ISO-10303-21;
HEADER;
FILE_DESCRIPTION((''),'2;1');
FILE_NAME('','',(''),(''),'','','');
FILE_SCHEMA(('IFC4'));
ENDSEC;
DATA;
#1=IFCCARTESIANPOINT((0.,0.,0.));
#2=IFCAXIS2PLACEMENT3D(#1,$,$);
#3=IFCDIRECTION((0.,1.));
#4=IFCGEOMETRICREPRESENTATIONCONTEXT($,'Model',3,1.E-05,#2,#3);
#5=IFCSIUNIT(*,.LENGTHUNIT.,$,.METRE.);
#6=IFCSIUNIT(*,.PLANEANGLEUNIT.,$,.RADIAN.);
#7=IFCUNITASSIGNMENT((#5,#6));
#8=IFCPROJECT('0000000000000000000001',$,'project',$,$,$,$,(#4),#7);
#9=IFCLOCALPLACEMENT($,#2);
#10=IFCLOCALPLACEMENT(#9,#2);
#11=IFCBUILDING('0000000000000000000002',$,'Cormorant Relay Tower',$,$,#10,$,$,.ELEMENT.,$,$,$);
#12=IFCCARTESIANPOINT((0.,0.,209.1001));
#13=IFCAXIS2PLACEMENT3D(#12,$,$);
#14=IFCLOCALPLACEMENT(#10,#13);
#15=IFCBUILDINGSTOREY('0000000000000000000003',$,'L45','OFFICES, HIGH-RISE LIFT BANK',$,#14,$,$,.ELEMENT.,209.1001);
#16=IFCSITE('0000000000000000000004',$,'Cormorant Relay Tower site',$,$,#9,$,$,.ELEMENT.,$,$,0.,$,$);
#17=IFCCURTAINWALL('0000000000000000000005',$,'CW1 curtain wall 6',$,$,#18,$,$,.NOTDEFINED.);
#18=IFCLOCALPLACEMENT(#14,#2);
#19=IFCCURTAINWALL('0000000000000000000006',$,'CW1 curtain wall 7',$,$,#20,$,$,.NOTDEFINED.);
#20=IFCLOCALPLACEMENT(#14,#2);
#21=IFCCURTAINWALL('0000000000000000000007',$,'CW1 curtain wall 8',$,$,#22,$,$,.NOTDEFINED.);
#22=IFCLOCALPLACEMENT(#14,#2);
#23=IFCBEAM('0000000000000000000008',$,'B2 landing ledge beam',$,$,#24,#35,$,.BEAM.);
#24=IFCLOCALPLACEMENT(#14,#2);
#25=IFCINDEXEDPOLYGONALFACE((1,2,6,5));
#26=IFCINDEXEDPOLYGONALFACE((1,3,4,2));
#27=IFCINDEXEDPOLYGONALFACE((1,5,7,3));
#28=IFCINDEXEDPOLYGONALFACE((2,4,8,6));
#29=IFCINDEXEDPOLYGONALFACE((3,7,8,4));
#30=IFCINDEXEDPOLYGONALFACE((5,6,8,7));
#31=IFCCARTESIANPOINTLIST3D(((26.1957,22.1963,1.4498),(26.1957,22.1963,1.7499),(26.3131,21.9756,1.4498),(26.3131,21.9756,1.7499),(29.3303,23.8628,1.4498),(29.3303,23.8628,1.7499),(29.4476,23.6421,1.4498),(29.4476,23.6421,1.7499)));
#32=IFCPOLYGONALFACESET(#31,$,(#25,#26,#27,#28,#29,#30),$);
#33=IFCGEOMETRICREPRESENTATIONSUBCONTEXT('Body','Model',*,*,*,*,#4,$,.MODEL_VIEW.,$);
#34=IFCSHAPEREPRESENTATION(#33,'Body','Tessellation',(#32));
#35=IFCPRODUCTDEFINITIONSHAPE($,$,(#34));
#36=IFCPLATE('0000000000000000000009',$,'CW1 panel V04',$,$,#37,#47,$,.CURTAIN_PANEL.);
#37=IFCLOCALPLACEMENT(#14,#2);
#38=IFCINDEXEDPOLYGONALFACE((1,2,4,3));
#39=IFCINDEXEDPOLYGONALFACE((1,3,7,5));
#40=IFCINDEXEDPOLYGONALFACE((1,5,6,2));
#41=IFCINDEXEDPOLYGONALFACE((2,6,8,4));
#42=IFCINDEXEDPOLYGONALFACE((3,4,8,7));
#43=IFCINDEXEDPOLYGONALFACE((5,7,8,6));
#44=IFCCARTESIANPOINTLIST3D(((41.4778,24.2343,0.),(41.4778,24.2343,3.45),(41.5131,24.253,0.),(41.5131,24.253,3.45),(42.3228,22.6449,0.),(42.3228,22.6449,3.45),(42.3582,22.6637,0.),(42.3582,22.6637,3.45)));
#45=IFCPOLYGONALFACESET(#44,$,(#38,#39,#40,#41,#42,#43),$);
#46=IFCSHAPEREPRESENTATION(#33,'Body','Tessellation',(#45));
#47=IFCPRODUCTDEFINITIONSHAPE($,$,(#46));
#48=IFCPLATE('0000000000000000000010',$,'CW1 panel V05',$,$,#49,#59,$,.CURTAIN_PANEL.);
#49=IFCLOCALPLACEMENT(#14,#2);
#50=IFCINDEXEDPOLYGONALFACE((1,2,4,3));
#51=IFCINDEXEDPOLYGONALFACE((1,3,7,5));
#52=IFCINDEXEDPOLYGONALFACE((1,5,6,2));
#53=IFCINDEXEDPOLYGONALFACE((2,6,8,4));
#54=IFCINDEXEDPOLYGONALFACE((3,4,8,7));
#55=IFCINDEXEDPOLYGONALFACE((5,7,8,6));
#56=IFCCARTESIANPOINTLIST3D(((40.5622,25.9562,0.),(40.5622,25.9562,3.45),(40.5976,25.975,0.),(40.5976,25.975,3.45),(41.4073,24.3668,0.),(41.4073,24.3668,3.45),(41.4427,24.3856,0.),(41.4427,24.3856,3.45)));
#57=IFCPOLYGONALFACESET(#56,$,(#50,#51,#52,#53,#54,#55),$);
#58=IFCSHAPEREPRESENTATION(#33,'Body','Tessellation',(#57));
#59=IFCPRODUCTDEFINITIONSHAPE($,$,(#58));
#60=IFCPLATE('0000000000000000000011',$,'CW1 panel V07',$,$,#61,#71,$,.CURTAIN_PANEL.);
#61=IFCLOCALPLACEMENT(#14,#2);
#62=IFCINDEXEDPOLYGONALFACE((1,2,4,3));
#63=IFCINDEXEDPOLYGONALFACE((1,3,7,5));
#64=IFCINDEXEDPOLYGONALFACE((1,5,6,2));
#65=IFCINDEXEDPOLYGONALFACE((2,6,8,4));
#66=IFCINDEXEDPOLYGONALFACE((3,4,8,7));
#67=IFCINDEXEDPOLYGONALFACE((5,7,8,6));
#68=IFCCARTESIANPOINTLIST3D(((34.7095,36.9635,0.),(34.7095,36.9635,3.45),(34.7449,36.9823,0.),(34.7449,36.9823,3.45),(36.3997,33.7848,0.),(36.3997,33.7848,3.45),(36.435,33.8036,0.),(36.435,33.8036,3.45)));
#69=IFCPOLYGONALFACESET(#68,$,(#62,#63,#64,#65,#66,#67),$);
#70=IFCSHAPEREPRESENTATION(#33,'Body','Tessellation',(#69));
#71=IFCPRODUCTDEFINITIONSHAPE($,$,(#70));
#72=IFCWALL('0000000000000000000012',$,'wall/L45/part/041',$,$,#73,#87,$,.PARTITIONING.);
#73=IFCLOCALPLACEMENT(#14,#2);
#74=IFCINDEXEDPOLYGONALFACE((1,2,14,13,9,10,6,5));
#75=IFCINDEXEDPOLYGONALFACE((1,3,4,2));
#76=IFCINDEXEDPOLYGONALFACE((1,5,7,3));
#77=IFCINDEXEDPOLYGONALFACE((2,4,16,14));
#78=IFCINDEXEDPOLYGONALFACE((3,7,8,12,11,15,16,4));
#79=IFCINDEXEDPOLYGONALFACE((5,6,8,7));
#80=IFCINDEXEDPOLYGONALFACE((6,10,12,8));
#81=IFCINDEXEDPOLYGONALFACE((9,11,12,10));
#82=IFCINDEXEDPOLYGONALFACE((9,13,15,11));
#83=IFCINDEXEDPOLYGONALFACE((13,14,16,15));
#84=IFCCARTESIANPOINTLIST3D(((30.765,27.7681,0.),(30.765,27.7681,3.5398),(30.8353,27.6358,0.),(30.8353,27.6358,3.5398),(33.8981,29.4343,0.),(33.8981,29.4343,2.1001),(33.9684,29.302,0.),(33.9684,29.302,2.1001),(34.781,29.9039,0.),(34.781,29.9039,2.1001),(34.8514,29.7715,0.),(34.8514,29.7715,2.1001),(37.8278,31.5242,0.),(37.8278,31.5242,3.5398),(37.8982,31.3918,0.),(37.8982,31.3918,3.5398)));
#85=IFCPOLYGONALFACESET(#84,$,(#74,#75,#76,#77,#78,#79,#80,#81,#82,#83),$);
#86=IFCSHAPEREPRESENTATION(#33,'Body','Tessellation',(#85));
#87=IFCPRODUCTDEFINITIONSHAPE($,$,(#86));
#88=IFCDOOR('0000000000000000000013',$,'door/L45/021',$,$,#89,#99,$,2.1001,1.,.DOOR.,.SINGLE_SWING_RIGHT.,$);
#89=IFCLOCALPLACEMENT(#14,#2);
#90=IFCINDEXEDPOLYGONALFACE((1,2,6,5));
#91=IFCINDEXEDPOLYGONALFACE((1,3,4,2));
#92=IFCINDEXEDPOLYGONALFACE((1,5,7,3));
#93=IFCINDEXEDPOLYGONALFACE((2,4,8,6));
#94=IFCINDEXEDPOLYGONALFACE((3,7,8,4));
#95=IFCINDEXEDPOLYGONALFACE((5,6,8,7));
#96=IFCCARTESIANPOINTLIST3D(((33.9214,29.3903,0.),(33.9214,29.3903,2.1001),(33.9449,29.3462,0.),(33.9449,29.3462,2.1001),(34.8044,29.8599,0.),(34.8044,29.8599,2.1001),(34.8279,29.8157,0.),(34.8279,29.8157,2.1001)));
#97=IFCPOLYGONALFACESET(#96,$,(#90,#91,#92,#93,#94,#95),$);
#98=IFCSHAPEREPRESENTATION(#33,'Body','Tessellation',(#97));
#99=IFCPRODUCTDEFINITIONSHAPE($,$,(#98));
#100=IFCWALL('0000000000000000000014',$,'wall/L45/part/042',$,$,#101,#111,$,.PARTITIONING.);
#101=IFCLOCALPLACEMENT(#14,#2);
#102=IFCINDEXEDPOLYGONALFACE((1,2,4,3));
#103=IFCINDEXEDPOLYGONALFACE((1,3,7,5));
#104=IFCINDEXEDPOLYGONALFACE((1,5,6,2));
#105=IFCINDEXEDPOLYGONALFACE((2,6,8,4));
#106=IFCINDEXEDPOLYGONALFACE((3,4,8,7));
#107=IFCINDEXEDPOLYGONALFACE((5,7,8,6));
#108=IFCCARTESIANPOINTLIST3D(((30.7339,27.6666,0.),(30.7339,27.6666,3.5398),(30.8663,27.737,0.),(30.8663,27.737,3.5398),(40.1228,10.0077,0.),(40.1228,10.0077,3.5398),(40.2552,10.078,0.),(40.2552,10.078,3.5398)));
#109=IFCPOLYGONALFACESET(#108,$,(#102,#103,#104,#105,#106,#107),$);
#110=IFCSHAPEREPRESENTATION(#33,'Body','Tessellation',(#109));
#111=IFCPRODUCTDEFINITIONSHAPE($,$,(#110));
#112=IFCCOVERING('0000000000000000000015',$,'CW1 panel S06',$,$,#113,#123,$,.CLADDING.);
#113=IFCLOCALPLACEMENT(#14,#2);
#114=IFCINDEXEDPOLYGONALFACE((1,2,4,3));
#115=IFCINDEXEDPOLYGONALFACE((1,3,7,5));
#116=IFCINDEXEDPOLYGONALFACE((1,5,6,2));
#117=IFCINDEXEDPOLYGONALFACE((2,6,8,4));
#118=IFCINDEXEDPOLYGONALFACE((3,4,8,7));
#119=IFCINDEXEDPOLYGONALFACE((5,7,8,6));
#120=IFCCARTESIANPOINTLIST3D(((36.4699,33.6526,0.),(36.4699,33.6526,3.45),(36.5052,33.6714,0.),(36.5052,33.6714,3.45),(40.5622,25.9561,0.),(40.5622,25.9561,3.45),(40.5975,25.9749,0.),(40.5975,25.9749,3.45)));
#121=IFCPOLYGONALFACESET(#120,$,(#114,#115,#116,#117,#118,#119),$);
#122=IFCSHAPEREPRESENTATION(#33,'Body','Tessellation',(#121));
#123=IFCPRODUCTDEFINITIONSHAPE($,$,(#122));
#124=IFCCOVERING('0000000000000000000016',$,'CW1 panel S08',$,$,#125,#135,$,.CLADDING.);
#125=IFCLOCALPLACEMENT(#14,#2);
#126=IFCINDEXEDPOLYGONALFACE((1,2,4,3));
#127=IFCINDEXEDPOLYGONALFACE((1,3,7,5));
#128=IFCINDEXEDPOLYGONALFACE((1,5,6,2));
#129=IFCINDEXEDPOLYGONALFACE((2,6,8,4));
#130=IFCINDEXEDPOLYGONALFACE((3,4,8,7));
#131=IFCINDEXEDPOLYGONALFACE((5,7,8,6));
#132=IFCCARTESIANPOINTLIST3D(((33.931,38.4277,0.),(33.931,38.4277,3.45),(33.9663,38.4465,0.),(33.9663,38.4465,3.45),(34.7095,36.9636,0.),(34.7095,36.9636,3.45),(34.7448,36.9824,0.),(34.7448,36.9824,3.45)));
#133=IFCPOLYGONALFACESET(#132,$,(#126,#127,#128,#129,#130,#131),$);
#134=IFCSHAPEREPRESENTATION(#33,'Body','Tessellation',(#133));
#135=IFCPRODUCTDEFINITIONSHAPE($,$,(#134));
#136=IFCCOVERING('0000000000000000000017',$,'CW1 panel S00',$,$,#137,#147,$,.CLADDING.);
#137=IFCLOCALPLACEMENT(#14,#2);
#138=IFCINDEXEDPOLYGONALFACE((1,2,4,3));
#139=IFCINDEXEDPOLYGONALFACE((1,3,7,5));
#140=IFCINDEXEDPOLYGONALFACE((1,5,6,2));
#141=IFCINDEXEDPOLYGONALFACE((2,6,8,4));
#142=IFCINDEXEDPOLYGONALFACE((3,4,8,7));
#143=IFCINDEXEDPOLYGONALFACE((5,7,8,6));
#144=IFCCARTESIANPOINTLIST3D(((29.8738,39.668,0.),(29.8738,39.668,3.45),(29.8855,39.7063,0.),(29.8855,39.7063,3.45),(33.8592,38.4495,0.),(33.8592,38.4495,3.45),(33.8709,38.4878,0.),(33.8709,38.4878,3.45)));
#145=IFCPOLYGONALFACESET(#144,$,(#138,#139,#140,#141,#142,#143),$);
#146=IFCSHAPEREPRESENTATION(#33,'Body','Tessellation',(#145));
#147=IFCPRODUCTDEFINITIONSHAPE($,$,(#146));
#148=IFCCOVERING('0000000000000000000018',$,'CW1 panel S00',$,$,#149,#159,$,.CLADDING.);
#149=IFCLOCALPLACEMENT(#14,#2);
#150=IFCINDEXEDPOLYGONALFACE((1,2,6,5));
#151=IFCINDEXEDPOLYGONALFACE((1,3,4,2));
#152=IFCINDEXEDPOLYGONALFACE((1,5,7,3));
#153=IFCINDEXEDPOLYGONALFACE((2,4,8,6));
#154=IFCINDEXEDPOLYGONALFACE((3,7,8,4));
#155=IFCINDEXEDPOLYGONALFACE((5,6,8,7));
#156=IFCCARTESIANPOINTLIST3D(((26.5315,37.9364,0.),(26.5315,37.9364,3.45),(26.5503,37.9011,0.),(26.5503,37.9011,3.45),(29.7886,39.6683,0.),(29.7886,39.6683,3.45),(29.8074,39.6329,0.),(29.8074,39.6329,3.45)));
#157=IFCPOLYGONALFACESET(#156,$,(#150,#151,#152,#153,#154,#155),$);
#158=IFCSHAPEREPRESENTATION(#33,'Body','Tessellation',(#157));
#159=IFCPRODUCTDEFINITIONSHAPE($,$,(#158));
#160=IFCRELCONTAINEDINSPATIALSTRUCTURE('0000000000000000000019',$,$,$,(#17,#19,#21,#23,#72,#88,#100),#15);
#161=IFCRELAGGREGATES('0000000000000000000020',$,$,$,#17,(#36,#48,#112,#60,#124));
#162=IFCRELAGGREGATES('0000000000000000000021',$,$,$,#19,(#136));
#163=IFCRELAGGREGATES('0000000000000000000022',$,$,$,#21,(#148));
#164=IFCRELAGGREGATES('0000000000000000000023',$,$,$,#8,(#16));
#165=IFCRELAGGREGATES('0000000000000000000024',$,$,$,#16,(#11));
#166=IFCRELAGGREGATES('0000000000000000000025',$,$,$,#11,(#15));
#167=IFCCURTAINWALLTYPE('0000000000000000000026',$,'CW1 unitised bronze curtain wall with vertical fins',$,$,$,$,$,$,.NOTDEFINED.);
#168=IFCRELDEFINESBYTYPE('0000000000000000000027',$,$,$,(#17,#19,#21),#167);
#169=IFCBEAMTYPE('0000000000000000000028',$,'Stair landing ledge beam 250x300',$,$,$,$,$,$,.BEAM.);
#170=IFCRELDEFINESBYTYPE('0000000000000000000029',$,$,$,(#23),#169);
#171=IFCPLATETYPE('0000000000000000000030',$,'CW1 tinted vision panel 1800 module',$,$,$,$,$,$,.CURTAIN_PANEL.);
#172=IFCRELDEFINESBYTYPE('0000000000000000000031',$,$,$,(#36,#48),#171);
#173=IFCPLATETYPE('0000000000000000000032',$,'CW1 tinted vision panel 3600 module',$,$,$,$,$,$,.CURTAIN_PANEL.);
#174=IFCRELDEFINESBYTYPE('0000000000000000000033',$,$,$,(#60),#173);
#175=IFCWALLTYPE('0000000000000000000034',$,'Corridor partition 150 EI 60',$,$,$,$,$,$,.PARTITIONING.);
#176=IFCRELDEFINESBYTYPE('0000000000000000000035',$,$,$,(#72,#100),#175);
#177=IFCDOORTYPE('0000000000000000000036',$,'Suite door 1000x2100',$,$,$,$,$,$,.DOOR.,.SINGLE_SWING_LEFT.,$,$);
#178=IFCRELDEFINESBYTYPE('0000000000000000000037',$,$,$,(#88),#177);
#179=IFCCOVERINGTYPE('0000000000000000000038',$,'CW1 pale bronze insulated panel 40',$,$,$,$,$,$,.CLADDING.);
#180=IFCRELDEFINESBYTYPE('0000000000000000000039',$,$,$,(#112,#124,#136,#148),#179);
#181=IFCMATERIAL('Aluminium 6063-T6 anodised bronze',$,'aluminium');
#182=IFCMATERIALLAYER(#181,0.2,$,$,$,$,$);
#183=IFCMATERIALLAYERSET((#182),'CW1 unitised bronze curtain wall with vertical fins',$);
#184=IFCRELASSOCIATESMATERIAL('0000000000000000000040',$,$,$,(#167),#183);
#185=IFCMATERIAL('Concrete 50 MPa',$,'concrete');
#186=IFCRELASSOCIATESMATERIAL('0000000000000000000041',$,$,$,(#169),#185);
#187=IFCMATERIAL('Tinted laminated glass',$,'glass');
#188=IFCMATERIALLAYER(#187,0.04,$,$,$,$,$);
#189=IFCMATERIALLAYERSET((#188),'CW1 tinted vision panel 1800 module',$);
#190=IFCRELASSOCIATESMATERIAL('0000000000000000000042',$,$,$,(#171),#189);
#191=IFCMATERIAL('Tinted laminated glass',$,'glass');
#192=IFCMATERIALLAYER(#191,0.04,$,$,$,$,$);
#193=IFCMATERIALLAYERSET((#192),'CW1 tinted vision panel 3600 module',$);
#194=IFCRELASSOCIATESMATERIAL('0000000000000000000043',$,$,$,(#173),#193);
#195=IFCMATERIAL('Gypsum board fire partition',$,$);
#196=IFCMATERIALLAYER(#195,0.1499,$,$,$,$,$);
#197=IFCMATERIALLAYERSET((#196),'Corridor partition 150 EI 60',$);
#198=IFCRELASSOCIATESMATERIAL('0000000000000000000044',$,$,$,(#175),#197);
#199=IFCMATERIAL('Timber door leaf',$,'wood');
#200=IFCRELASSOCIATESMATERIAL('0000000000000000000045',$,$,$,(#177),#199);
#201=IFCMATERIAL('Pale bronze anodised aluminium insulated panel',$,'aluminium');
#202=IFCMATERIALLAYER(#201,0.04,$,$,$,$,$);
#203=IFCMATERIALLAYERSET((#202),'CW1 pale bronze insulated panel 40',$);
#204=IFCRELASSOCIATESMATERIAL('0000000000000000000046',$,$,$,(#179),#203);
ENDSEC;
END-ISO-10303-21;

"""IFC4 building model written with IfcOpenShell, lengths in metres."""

from ifc_helpers import new_model, si_unit, direction, frame, frame_2d, origin, origin_2d, place, context, subcontext, project, spatial, rectangle, extrude, material, layer, layer_set, material_profile, profile_set, type_object, element, fill, aggregate, save


model = new_model("IFC4")

# Units and contexts
model_context = context("Model", 3, precision=1e-05, world=origin(), true_north=direction((0.0, 1.0)))
body_context = subcontext(model_context, "Body", "Model", "MODEL_VIEW")
ifc_project = project(units=[si_unit("LENGTHUNIT", "METRE"), si_unit("PLANEANGLEUNIT", "RADIAN")], contexts=[model_context])

# Site, building, storey
site_placement = place(None, origin())
site = spatial("IfcSite", under=ifc_project, at=site_placement, Name="Cormorant Relay Tower site", CompositionType="ELEMENT", RefElevation=0.0)
building_placement = place(site_placement, origin())
building = spatial("IfcBuilding", under=site, at=building_placement, Name="Cormorant Relay Tower", CompositionType="ELEMENT")
storey_placement = place(building_placement, frame((0.0, 0.0, 209.1001)))
storey = spatial("IfcBuildingStorey", under=building, at=storey_placement, Name="L45", Description="OFFICES, HIGH-RISE LIFT BANK", CompositionType="ELEMENT", Elevation=209.1001)

# Curtain wall
ifc_material_1 = material(Name="Aluminium 6063-T6 anodised bronze", Category="aluminium")
ifc_layer_1 = layer(ifc_material_1, 0.2)
ifc_layer_set_1 = layer_set([ifc_layer_1], Name="CW1 unitised bronze curtain wall with vertical fins")
curtain_wall_type = type_object("IfcCurtainWallType", Name="CW1 unitised bronze curtain wall with vertical fins", PredefinedType="NOTDEFINED", material=ifc_layer_set_1)
curtain_wall_1_placement = place(storey_placement, origin())
curtain_wall_1 = element("IfcCurtainWall", 1, at=curtain_wall_1_placement, inside=storey, type_object=curtain_wall_type, Name="CW1 curtain wall 6", PredefinedType="NOTDEFINED")

# Curtain walls
curtain_wall_2_placement = place(storey_placement, origin())
curtain_wall_2 = element("IfcCurtainWall", 2, at=curtain_wall_2_placement, inside=storey, type_object=curtain_wall_type, Name="CW1 curtain wall 7", PredefinedType="NOTDEFINED")
curtain_wall_3_placement = place(storey_placement, origin())
curtain_wall_3 = element("IfcCurtainWall", 3, at=curtain_wall_3_placement, inside=storey, type_object=curtain_wall_type, Name="CW1 curtain wall 8", PredefinedType="NOTDEFINED")

# Beam
ifc_material_2 = material(Name="Concrete 50 MPa", Category="concrete")
ifc_material_profile_1 = material_profile(ifc_material_2, rectangle(XDim=0.25, YDim=0.3, at=origin_2d()), Name="RC 250x300")
ifc_profile_set_1 = profile_set([ifc_material_profile_1], Name="Concrete 50 MPa")
beam_type_1 = type_object("IfcBeamType", Name="Stair landing ledge beam 250x300", PredefinedType="BEAM", material=ifc_profile_set_1)
beam_1_placement = place(storey_placement, frame((26.2544, 22.0859, 1.5999), z_axis=(0.882965, 0.469438, 0.0), x_axis=(-0.469438, 0.882965, 0.0)))
element("IfcBeam", 4, at=beam_1_placement, inside=storey, type_object=beam_type_1, Name="B2 landing ledge beam", PredefinedType="BEAM", context=body_context, shape_type="SweptSolid", body=[
    extrude(rectangle(XDim=0.25, YDim=0.3, at=origin_2d()), origin(), (0.0, 0.0, 1.0), 3.55),
])

# Plates
ifc_material_3 = material(Name="Tinted laminated glass", Category="glass")
ifc_layer_2 = layer(ifc_material_3, 0.04)
ifc_layer_set_2 = layer_set([ifc_layer_2], Name="CW1 tinted vision panel 1800 module")
plate_type_1 = type_object("IfcPlateType", Name="CW1 tinted vision panel 1800 module", PredefinedType="CURTAIN_PANEL", material=ifc_layer_set_2)
plate_1_placement = place(storey_placement, frame((41.918, 23.449, 0.0), z_axis=(0.0, 0.0, 1.0), x_axis=(-0.469472, 0.882948, 0.0)))
plate_1 = element("IfcPlate", 5, at=plate_1_placement, type_object=plate_type_1, Name="CW1 panel V04", PredefinedType="CURTAIN_PANEL", context=body_context, shape_type="SweptSolid", body=[
    extrude(rectangle(XDim=1.8, YDim=0.04, at=origin_2d()), origin(), (0.0, 0.0, 1.0), 3.45),
])
plate_2_placement = place(storey_placement, frame((41.0024, 25.1709, 0.0), z_axis=(0.0, 0.0, 1.0), x_axis=(-0.469472, 0.882948, 0.0)))
plate_2 = element("IfcPlate", 6, at=plate_2_placement, type_object=plate_type_1, Name="CW1 panel V05", PredefinedType="CURTAIN_PANEL", context=body_context, shape_type="SweptSolid", body=[
    extrude(rectangle(XDim=1.8, YDim=0.04, at=origin_2d()), origin(), (0.0, 0.0, 1.0), 3.45),
])
ifc_material_4 = material(Name="Tinted laminated glass", Category="glass")
ifc_layer_3 = layer(ifc_material_4, 0.04)
ifc_layer_set_3 = layer_set([ifc_layer_3], Name="CW1 tinted vision panel 3600 module")
plate_type_2 = type_object("IfcPlateType", Name="CW1 tinted vision panel 3600 module", PredefinedType="CURTAIN_PANEL", material=ifc_layer_set_3)
plate_3_placement = place(storey_placement, frame((35.5723, 35.3835, 0.0), z_axis=(0.0, 0.0, 1.0), x_axis=(-0.469472, 0.882948, 0.0)))
plate_3 = element("IfcPlate", 7, at=plate_3_placement, type_object=plate_type_2, Name="CW1 panel V07", PredefinedType="CURTAIN_PANEL", context=body_context, shape_type="SweptSolid", body=[
    extrude(rectangle(XDim=3.6001, YDim=0.04, at=origin_2d()), origin(), (0.0, 0.0, 1.0), 3.45),
])

# Wall, opening, door
ifc_material_5 = material(Name="Gypsum board fire partition")
ifc_layer_4 = layer(ifc_material_5, 0.1499)
ifc_layer_set_4 = layer_set([ifc_layer_4], Name="Corridor partition 150 EI 60")
wall_type = type_object("IfcWallType", Name="Corridor partition 150 EI 60", PredefinedType="PARTITIONING", material=ifc_layer_set_4)
wall_1_placement = place(storey_placement, frame((37.863, 31.458, 0.0), z_axis=(0.0, 0.0, 1.0), x_axis=(-0.882914, -0.469535, 0.0)))
wall_1 = element("IfcWall", 8, at=wall_1_placement, inside=storey, type_object=wall_type, Name="wall/L45/part/041", PredefinedType="PARTITIONING", context=body_context, shape_type="SweptSolid", body=[
    extrude(rectangle(XDim=7.9995, YDim=0.1499, at=frame_2d((3.9998, 0.0))), origin(), (0.0, 0.0, 1.0), 3.5398),
])
opening_placement = place(wall_1_placement, frame((3.4509, 0.0, 0.0)))
opening = element("IfcOpeningElement", 9, at=opening_placement, cuts=wall_1, PredefinedType="OPENING", context=body_context, shape_type="SweptSolid", body=[
    extrude(rectangle(XDim=1.0, YDim=2.1001, at=frame_2d((0.5, 1.05))), frame((0.0, 0.085, 0.0), z_axis=(0.0, -1.0, 0.0), x_axis=(1.0, 0.0, 0.0)), (0.0, 0.0, 1.0), 0.1699),
])
ifc_material_6 = material(Name="Timber door leaf", Category="wood")
door_type = type_object("IfcDoorType", Name="Suite door 1000x2100", OperationType="SINGLE_SWING_LEFT", PredefinedType="DOOR", material=ifc_material_6)
door_placement = place(opening_placement, origin())
door = element("IfcDoor", 10, at=door_placement, inside=storey, type_object=door_type, Name="door/L45/021", OperationType="SINGLE_SWING_RIGHT", OverallHeight=2.1001, OverallWidth=1.0, PredefinedType="DOOR", context=body_context, shape_type="SweptSolid", body=[
    extrude(rectangle(XDim=1.0, YDim=2.1001, at=frame_2d((0.5, 1.05))), frame((0.0, 0.0249, 0.0), z_axis=(0.0, -1.0, 0.0), x_axis=(1.0, 0.0, 0.0)), (0.0, 0.0, 1.0), 0.05),
])
fill(opening, door)

# Wall
wall_2_placement = place(storey_placement, frame((30.8, 27.7019, 0.0), z_axis=(0.0, 0.0, 1.0), x_axis=(0.469452, -0.882958, 0.0)))
element("IfcWall", 11, at=wall_2_placement, inside=storey, type_object=wall_type, Name="wall/L45/part/042", PredefinedType="PARTITIONING", context=body_context, shape_type="SweptSolid", body=[
    extrude(rectangle(XDim=19.9998, YDim=0.1499, at=frame_2d((10.0, 0.0))), origin(), (0.0, 0.0, 1.0), 3.5398),
])

# Coverings
ifc_material_7 = material(Name="Pale bronze anodised aluminium insulated panel", Category="aluminium")
ifc_layer_5 = layer(ifc_material_7, 0.04)
ifc_layer_set_5 = layer_set([ifc_layer_5], Name="CW1 pale bronze insulated panel 40")
covering_type = type_object("IfcCoveringType", Name="CW1 pale bronze insulated panel 40", PredefinedType="CLADDING", material=ifc_layer_set_5)
covering_1_placement = place(storey_placement, frame((38.5337, 29.8137, 0.0), z_axis=(0.0, 0.0, 1.0), x_axis=(-0.469472, 0.882948, 0.0)))
covering_1 = element("IfcCovering", 12, at=covering_1_placement, type_object=covering_type, Name="CW1 panel S06", PredefinedType="CLADDING", context=body_context, shape_type="SweptSolid", body=[
    extrude(rectangle(XDim=8.7168, YDim=0.04, at=origin_2d()), origin(), (0.0, 0.0, 1.0), 3.45),
])
covering_2_placement = place(storey_placement, frame((34.3379, 37.7051, 0.0), z_axis=(0.0, 0.0, 1.0), x_axis=(-0.469472, 0.882948, 0.0)))
covering_2 = element("IfcCovering", 13, at=covering_2_placement, type_object=covering_type, Name="CW1 panel S08", PredefinedType="CLADDING", context=body_context, shape_type="SweptSolid", body=[
    extrude(rectangle(XDim=1.6582, YDim=0.04, at=origin_2d()), origin(), (0.0, 0.0, 1.0), 3.45),
])
aggregate(curtain_wall_1, [plate_1, plate_2, covering_1, plate_3, covering_2])
covering_3_placement = place(storey_placement, frame((31.8723, 39.0779, 0.0), z_axis=(0.0, 0.0, 1.0), x_axis=(-0.956305, 0.292372, 0.0)))
covering_3 = element("IfcCovering", 14, at=covering_3_placement, type_object=covering_type, Name="CW1 panel S00", PredefinedType="CLADDING", context=body_context, shape_type="SweptSolid", body=[
    extrude(rectangle(XDim=4.1675, YDim=0.04, at=origin_2d()), origin(), (0.0, 0.0, 1.0), 3.45),
])
aggregate(curtain_wall_2, [covering_3])
covering_4_placement = place(storey_placement, frame((28.1694, 38.7847, 0.0), z_axis=(0.0, 0.0, 1.0), x_axis=(-0.882948, -0.469472, 0.0)))
covering_4 = element("IfcCovering", 15, at=covering_4_placement, type_object=covering_type, Name="CW1 panel S00", PredefinedType="CLADDING", context=body_context, shape_type="SweptSolid", body=[
    extrude(rectangle(XDim=3.689, YDim=0.04, at=origin_2d()), origin(), (0.0, 0.0, 1.0), 3.45),
])
aggregate(curtain_wall_3, [covering_4])

save(model, "model.ifc")
